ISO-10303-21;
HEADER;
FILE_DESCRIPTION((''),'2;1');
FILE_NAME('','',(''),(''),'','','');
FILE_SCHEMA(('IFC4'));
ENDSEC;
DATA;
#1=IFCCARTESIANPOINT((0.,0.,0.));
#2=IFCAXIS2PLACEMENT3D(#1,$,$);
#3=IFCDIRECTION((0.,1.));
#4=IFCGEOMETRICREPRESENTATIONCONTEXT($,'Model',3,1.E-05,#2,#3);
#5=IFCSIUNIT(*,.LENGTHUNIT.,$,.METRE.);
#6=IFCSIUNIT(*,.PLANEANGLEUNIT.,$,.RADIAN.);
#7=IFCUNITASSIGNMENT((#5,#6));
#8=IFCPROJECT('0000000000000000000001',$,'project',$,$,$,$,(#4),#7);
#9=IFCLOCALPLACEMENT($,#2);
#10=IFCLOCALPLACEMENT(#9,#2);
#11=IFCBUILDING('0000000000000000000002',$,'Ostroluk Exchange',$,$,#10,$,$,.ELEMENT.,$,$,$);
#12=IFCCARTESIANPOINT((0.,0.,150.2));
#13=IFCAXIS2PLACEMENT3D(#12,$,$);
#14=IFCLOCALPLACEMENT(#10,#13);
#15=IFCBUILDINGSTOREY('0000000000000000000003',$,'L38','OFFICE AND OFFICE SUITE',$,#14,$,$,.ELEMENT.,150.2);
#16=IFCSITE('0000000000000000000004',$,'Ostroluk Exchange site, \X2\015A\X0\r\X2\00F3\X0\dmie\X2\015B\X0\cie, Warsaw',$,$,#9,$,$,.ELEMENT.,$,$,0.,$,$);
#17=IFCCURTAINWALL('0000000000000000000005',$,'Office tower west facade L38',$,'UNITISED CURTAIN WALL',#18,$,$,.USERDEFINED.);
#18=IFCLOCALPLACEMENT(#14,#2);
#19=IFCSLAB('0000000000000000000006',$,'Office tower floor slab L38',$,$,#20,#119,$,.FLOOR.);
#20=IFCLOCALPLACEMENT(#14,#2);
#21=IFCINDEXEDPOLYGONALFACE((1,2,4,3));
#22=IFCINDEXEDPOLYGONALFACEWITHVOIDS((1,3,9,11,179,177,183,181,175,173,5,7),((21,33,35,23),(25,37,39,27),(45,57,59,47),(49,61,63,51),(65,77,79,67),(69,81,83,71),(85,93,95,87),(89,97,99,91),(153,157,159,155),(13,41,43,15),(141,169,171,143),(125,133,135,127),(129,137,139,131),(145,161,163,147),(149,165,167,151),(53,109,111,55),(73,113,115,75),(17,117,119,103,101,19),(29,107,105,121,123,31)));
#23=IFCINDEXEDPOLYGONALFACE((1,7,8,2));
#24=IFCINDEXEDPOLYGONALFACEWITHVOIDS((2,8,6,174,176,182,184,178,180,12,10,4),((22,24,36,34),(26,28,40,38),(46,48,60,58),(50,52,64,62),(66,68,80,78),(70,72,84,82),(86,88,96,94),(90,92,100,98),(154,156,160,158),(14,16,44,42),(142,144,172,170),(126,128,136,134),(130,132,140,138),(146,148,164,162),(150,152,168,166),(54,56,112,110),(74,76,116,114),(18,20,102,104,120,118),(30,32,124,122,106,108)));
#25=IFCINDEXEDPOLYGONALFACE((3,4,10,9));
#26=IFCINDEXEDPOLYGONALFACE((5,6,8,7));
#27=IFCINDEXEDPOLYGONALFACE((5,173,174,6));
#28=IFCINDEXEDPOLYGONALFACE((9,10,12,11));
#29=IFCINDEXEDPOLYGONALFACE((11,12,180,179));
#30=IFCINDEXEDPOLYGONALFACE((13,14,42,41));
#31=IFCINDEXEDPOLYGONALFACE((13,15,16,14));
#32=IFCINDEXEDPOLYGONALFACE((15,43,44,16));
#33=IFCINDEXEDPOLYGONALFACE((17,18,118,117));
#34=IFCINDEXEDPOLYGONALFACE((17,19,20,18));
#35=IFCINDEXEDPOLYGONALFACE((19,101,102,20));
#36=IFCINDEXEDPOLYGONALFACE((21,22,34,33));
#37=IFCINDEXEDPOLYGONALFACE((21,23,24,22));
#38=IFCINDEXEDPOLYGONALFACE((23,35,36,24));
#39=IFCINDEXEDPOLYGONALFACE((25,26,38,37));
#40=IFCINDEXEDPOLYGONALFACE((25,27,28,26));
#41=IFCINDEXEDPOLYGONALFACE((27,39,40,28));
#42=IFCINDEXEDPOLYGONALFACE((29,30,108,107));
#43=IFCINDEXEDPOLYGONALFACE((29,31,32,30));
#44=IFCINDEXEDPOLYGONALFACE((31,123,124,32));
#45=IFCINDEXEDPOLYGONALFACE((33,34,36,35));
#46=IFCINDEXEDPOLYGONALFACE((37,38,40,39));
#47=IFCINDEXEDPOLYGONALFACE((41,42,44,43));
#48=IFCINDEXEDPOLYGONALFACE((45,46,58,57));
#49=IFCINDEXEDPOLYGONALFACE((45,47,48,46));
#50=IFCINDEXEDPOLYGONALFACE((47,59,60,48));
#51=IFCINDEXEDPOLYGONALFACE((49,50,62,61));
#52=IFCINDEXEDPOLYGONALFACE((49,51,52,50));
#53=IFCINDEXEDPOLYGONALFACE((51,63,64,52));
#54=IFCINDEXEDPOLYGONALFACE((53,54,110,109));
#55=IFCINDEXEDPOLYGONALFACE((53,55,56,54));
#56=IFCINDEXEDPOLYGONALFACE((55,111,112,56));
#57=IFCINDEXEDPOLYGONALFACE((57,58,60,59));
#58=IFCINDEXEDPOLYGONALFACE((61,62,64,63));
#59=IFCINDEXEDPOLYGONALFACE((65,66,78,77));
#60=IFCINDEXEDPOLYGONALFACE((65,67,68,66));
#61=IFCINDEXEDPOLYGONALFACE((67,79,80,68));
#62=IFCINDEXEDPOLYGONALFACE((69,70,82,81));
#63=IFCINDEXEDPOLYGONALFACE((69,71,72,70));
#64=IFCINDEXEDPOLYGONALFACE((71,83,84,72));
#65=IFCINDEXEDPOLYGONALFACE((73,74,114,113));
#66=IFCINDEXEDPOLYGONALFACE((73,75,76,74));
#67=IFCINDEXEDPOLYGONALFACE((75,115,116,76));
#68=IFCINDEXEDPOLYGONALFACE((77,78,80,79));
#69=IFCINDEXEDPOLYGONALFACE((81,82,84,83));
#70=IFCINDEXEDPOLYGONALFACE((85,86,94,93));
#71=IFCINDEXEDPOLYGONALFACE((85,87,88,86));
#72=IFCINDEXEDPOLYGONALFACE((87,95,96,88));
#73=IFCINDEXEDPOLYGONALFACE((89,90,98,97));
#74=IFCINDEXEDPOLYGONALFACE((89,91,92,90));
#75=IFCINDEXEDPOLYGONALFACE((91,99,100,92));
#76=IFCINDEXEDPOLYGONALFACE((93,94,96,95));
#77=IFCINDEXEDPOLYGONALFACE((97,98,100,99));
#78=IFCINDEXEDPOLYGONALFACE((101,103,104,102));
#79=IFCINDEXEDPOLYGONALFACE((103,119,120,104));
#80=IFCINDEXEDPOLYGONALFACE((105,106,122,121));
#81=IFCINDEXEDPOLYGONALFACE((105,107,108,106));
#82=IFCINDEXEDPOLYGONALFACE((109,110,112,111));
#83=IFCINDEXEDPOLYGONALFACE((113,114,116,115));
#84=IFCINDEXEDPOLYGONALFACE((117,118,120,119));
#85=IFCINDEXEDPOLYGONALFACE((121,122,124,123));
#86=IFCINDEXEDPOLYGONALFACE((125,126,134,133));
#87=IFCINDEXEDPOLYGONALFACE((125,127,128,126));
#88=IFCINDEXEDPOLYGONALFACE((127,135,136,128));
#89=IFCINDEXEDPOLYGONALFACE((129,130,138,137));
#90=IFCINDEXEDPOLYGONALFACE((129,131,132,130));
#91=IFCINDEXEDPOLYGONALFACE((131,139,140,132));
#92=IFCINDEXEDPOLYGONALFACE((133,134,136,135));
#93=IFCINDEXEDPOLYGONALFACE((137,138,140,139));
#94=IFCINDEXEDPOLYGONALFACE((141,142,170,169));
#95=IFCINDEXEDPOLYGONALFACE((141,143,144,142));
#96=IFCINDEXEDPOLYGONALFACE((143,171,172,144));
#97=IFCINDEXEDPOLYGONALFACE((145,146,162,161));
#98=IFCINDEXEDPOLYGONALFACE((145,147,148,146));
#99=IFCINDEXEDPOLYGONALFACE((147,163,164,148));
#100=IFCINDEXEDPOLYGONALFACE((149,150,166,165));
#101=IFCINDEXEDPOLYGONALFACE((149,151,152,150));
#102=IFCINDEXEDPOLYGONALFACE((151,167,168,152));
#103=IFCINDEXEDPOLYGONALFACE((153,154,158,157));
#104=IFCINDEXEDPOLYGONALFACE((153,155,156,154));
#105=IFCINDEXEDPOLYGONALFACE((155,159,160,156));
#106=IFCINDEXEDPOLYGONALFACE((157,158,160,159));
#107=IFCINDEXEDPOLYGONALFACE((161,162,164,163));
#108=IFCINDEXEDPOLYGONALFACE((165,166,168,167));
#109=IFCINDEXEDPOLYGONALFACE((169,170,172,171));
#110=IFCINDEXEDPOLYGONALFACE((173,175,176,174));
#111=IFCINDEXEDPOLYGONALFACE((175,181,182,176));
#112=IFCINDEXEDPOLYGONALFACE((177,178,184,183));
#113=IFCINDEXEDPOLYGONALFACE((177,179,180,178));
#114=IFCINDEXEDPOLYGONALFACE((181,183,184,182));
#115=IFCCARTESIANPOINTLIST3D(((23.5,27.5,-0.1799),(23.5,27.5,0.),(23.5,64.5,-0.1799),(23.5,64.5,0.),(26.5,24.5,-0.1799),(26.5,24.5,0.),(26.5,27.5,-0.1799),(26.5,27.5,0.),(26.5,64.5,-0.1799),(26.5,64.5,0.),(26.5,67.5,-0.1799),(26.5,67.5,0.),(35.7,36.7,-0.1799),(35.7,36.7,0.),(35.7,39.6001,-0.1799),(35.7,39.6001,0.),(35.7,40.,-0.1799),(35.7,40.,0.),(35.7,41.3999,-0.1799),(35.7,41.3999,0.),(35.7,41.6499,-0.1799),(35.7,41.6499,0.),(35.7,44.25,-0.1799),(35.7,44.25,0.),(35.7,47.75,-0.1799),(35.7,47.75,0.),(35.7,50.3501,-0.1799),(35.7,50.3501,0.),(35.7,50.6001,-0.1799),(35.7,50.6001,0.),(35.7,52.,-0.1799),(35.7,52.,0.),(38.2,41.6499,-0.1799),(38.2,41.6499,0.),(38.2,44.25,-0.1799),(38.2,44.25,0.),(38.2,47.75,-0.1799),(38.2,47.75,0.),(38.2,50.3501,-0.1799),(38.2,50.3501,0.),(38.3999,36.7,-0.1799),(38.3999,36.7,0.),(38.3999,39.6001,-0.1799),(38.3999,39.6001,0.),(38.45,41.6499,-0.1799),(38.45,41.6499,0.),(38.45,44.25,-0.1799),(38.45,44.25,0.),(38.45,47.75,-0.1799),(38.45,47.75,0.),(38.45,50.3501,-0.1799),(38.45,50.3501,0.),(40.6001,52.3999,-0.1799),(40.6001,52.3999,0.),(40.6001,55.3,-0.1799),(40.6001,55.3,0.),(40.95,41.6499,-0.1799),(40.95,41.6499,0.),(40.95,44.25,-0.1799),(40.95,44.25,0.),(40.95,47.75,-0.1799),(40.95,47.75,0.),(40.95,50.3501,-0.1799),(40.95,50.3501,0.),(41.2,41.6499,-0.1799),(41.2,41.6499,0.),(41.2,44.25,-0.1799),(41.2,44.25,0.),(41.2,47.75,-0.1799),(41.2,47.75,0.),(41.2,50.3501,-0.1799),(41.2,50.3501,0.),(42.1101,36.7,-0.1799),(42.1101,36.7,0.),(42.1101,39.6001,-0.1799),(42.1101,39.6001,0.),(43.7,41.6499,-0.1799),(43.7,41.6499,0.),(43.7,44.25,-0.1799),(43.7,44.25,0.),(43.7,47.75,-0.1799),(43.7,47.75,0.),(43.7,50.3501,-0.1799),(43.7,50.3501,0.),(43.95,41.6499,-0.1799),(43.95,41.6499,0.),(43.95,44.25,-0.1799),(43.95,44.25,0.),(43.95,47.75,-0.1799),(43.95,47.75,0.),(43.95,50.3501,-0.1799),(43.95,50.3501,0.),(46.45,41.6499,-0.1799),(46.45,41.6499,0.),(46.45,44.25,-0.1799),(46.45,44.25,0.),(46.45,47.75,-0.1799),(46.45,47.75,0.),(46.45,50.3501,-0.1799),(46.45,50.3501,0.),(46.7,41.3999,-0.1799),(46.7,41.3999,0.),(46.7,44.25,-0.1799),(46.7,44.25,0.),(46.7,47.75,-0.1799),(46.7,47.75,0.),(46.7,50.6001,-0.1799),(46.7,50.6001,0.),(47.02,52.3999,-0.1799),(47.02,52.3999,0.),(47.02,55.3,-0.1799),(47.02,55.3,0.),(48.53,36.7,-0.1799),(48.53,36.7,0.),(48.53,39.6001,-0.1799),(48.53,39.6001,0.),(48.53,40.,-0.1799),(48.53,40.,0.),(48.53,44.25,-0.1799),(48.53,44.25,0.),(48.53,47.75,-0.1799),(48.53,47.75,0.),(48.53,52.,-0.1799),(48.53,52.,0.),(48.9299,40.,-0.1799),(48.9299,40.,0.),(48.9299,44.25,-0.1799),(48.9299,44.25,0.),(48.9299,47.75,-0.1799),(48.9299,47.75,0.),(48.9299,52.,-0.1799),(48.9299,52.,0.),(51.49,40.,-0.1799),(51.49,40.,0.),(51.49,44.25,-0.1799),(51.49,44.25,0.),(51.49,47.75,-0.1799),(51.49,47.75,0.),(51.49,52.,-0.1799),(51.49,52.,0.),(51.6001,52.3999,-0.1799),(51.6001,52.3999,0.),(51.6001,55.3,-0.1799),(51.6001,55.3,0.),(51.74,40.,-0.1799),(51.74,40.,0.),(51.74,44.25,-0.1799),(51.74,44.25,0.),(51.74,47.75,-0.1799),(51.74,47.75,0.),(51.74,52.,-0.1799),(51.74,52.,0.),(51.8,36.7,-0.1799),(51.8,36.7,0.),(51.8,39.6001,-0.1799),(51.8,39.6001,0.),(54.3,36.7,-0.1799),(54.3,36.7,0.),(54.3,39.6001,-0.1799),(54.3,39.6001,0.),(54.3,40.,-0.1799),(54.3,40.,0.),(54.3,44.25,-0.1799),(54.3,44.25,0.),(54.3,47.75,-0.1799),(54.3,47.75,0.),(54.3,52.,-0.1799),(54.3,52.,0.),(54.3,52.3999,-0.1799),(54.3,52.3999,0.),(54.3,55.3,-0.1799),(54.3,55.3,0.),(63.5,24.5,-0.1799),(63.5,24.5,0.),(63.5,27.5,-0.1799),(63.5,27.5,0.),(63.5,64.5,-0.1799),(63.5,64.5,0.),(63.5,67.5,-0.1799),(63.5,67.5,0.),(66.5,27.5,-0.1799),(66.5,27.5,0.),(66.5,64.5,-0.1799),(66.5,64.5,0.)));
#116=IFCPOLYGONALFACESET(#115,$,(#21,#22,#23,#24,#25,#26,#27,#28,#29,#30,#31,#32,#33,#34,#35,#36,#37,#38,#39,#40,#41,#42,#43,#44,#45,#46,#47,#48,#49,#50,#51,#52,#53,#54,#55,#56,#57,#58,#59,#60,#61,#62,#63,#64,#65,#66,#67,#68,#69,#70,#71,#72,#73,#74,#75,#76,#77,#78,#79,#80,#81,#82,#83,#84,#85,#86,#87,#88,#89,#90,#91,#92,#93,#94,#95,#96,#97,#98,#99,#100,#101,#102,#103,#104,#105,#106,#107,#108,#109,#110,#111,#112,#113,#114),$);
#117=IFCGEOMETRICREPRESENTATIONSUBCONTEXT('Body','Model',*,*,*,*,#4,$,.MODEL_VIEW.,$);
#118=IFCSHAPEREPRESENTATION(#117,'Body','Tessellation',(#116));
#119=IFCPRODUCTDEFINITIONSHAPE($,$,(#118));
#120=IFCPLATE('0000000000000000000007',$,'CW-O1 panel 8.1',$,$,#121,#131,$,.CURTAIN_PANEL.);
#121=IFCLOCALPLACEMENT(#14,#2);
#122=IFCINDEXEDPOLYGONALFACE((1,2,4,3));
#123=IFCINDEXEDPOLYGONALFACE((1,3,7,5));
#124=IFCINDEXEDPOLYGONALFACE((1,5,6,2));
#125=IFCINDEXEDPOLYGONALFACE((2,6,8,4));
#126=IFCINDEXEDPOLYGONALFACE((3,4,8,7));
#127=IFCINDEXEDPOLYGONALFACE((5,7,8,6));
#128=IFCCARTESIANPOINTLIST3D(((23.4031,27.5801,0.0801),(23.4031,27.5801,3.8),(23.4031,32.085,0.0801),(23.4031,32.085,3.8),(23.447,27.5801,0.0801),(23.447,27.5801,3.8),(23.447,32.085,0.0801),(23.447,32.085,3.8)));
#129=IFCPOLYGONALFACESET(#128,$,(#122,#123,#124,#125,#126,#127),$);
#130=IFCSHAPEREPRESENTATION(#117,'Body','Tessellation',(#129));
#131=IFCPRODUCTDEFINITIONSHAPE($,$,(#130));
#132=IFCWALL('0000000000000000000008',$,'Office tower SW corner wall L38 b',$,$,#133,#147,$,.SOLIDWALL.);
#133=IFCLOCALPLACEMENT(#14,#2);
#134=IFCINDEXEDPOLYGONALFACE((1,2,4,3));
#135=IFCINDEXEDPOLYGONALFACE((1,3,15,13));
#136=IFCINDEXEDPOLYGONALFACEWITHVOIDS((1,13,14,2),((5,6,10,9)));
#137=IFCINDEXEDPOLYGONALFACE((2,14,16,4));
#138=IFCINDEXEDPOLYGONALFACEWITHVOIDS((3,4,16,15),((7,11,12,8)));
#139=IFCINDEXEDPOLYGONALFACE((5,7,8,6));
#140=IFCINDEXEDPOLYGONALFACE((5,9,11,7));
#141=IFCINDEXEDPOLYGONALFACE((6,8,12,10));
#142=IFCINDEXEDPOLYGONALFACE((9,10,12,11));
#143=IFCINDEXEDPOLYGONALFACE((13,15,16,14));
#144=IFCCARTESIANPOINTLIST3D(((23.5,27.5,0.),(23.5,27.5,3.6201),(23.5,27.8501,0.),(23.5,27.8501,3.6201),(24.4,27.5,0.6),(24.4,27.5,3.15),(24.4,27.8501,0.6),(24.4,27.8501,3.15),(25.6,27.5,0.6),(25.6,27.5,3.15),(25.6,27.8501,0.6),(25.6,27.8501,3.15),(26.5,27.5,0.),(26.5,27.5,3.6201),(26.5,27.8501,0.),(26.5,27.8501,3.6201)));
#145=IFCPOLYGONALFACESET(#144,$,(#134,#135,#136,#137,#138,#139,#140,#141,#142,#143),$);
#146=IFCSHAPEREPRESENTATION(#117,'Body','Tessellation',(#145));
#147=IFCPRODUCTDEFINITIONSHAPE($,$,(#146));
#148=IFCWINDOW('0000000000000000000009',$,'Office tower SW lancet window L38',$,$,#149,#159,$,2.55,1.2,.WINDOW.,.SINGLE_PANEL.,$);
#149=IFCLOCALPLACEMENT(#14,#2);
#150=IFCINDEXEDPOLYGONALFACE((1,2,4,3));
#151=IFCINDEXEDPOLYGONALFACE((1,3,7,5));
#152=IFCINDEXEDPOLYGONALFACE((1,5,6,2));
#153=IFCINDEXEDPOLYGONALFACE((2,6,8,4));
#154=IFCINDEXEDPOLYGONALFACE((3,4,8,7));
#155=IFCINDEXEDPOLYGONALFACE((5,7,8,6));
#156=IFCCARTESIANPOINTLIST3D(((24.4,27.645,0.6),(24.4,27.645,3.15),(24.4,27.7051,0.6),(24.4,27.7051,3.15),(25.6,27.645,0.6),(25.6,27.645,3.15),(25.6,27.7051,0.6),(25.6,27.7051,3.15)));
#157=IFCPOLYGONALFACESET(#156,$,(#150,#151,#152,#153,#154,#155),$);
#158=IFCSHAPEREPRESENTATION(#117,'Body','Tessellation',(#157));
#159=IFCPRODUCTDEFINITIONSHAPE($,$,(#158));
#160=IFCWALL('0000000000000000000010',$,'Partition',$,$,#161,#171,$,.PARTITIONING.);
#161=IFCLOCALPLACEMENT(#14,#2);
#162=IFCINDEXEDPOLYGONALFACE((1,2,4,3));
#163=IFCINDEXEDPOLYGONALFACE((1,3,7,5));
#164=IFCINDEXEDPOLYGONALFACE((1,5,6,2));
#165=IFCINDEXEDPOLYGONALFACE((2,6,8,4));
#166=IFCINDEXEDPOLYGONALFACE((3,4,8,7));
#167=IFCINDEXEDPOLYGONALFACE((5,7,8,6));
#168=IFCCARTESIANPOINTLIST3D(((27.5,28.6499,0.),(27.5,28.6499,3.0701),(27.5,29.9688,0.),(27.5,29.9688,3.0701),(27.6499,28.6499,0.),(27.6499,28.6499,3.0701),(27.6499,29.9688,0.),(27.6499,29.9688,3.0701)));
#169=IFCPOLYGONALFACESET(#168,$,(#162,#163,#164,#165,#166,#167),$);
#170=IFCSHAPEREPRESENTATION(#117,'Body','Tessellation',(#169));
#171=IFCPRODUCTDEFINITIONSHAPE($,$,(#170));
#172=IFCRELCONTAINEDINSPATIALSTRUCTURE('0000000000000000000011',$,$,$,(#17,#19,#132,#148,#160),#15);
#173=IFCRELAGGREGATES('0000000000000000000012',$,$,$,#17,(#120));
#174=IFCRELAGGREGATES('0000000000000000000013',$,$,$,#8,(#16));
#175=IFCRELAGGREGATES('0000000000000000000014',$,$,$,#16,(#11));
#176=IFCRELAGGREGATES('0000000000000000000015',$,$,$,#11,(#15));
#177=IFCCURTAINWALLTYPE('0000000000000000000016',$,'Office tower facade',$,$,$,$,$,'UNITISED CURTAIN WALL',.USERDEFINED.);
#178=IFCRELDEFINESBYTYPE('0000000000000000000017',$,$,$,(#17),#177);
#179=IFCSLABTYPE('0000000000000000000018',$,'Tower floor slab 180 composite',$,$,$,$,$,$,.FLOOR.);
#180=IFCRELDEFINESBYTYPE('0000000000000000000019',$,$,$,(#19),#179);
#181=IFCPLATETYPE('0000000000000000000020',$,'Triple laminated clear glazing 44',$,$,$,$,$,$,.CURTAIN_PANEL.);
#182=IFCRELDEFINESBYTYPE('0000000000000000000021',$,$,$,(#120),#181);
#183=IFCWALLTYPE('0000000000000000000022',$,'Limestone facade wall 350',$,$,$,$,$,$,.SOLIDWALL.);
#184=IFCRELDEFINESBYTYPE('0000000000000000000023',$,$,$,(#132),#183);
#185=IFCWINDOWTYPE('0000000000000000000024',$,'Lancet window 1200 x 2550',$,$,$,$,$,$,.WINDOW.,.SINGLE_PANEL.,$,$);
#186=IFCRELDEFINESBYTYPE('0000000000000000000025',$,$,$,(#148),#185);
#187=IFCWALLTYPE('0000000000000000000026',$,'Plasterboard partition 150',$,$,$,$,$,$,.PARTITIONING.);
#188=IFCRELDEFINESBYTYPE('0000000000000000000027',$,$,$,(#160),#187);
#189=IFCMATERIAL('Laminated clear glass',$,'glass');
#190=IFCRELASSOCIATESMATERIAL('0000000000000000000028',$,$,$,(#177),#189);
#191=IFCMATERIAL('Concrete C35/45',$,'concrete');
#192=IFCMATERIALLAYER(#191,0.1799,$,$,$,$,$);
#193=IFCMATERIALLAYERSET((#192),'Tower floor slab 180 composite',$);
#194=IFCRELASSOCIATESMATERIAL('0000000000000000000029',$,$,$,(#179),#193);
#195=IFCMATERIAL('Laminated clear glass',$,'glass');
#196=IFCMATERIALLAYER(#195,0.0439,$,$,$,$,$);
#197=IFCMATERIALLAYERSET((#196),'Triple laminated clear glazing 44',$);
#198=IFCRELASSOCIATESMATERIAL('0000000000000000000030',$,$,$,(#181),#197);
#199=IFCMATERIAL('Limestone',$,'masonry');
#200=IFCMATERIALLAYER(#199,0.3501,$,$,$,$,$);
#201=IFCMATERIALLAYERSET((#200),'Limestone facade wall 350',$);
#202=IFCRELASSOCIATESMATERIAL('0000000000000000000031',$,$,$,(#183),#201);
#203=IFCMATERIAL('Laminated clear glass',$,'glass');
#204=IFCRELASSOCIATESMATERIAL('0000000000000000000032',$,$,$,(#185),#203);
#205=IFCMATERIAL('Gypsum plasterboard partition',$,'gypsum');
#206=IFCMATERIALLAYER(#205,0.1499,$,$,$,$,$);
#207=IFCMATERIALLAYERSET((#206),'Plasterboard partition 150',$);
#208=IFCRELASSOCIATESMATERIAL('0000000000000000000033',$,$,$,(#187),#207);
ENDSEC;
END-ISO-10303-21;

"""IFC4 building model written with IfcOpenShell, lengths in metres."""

from ifc_helpers import new_model, si_unit, direction, frame, frame_2d, origin, origin_2d, place, context, subcontext, project, spatial, polyline, rectangle, outline, extrude, material, layer, layer_set, type_object, element, fill, aggregate, save


model = new_model("IFC4")

# Units and contexts
model_context = context("Model", 3, precision=1e-05, world=origin(), true_north=direction((0.0, 1.0)))
body_context = subcontext(model_context, "Body", "Model", "MODEL_VIEW")
ifc_project = project(units=[si_unit("LENGTHUNIT", "METRE"), si_unit("PLANEANGLEUNIT", "RADIAN")], contexts=[model_context])

# Site, building, storey
site_placement = place(None, origin())
site = spatial("IfcSite", under=ifc_project, at=site_placement, Name="Ostroluk Exchange site, Śródmieście, Warsaw", CompositionType="ELEMENT", RefElevation=0.0)
building_placement = place(site_placement, origin())
building = spatial("IfcBuilding", under=site, at=building_placement, Name="Ostroluk Exchange", CompositionType="ELEMENT")
storey_placement = place(building_placement, frame((0.0, 0.0, 150.2)))
storey = spatial("IfcBuildingStorey", under=building, at=storey_placement, Name="L38", Description="OFFICE AND OFFICE SUITE", CompositionType="ELEMENT", Elevation=150.2)

# Curtain wall
ifc_material_1 = material(Name="Laminated clear glass", Category="glass")
curtain_wall_type = type_object("IfcCurtainWallType", Name="Office tower facade", ElementType="UNITISED CURTAIN WALL", PredefinedType="USERDEFINED", material=ifc_material_1)
curtain_wall_1_placement = place(storey_placement, origin())
curtain_wall_1 = element("IfcCurtainWall", 1, at=curtain_wall_1_placement, inside=storey, type_object=curtain_wall_type, Name="Office tower west facade L38", ObjectType="UNITISED CURTAIN WALL", PredefinedType="USERDEFINED")

# Slab
ifc_material_2 = material(Name="Concrete C35/45", Category="concrete")
ifc_layer_1 = layer(ifc_material_2, 0.1799)
ifc_layer_set_1 = layer_set([ifc_layer_1], Name="Tower floor slab 180 composite")
slab_type_1 = type_object("IfcSlabType", Name="Tower floor slab 180 composite", PredefinedType="FLOOR", material=ifc_layer_set_1)
slab_1_placement = place(storey_placement, frame((0.0, 0.0, -0.1799)))
element("IfcSlab", 2, at=slab_1_placement, inside=storey, type_object=slab_type_1, Name="Office tower floor slab L38", PredefinedType="FLOOR", context=body_context, shape_type="SweptSolid", body=[
    extrude(outline(polyline([(26.5, 24.5), (63.5, 24.5), (63.5, 27.5), (66.5, 27.5), (66.5, 64.5), (63.5, 64.5), (63.5, 67.5), (26.5, 67.5), (26.5, 64.5), (23.5, 64.5), (23.5, 27.5), (26.5, 27.5), (26.5, 24.5)]), holes=[polyline([(35.7, 36.7), (38.3999, 36.7), (38.3999, 39.6001), (35.7, 39.6001), (35.7, 36.7)]), polyline([(42.1101, 36.7), (48.53, 36.7), (48.53, 39.6001), (42.1101, 39.6001), (42.1101, 36.7)]), polyline([(51.8, 36.7), (54.3, 36.7), (54.3, 39.6001), (51.8, 39.6001), (51.8, 36.7)]), polyline([(40.6001, 52.3999), (47.02, 52.3999), (47.02, 55.3), (40.6001, 55.3), (40.6001, 52.3999)]), polyline([(51.6001, 52.3999), (54.3, 52.3999), (54.3, 55.3), (51.6001, 55.3), (51.6001, 52.3999)]), polyline([(35.7, 47.75), (38.2, 47.75), (38.2, 50.3501), (35.7, 50.3501), (35.7, 47.75)]), polyline([(38.45, 47.75), (40.95, 47.75), (40.95, 50.3501), (38.45, 50.3501), (38.45, 47.75)]), polyline([(41.2, 47.75), (43.7, 47.75), (43.7, 50.3501), (41.2, 50.3501), (41.2, 47.75)]), polyline([(43.95, 47.75), (46.45, 47.75), (46.45, 50.3501), (43.95, 50.3501), (43.95, 47.75)]), polyline([(35.7, 41.6499), (38.2, 41.6499), (38.2, 44.25), (35.7, 44.25), (35.7, 41.6499)]), polyline([(38.45, 41.6499), (40.95, 41.6499), (40.95, 44.25), (38.45, 44.25), (38.45, 41.6499)]), polyline([(41.2, 41.6499), (43.7, 41.6499), (43.7, 44.25), (41.2, 44.25), (41.2, 41.6499)]), polyline([(43.95, 41.6499), (46.45, 41.6499), (46.45, 44.25), (43.95, 44.25), (43.95, 41.6499)]), polyline([(48.9299, 47.75), (51.49, 47.75), (51.49, 52.0), (48.9299, 52.0), (48.9299, 47.75)]), polyline([(51.74, 47.75), (54.3, 47.75), (54.3, 52.0), (51.74, 52.0), (51.74, 47.75)]), polyline([(48.9299, 40.0), (51.49, 40.0), (51.49, 44.25), (48.9299, 44.25), (48.9299, 40.0)]), polyline([(51.74, 40.0), (54.3, 40.0), (54.3, 44.25), (51.74, 44.25), (51.74, 40.0)]), polyline([(48.53, 52.0), (48.53, 47.75), (46.7, 47.75), (46.7, 50.6001), (35.7, 50.6001), (35.7, 52.0), (48.53, 52.0)]), polyline([(35.7, 40.0), (35.7, 41.3999), (46.7, 41.3999), (46.7, 44.25), (48.53, 44.25), (48.53, 40.0), (35.7, 40.0)])]), origin(), (0.0, 0.0, 1.0), 0.1799),
])

# Plate
ifc_material_3 = material(Name="Laminated clear glass", Category="glass")
ifc_layer_2 = layer(ifc_material_3, 0.0439)
ifc_layer_set_2 = layer_set([ifc_layer_2], Name="Triple laminated clear glazing 44")
plate_type_1 = type_object("IfcPlateType", Name="Triple laminated clear glazing 44", PredefinedType="CURTAIN_PANEL", material=ifc_layer_set_2)
plate_1_placement = place(storey_placement, frame((23.425, 29.8325, 0.0801), z_axis=(0.0, 0.0, 1.0), x_axis=(0.0, -1.0, 0.0)))
plate_1 = element("IfcPlate", 3, at=plate_1_placement, type_object=plate_type_1, Name="CW-O1 panel 8.1", PredefinedType="CURTAIN_PANEL", context=body_context, shape_type="SweptSolid", body=[
    extrude(rectangle(XDim=4.5049, YDim=0.0439, at=origin_2d()), origin(), (0.0, 0.0, 1.0), 3.72),
])
aggregate(curtain_wall_1, [plate_1])

# Shared definitions
ifc_material_4 = material(Name="Limestone", Category="masonry")
ifc_layer_3 = layer(ifc_material_4, 0.3501)
ifc_layer_set_3 = layer_set([ifc_layer_3], Name="Limestone facade wall 350")
wall_type_1 = type_object("IfcWallType", Name="Limestone facade wall 350", PredefinedType="SOLIDWALL", material=ifc_layer_set_3)

# Wall, opening, window
wall_1_placement = place(storey_placement, frame((26.5, 27.675, 0.0), z_axis=(0.0, 0.0, 1.0), x_axis=(-1.0, 0.0, 0.0)))
wall_1 = element("IfcWall", 4, at=wall_1_placement, inside=storey, type_object=wall_type_1, Name="Office tower SW corner wall L38 b", PredefinedType="SOLIDWALL", context=body_context, shape_type="SweptSolid", body=[
    extrude(rectangle(XDim=3.0, YDim=0.3501, at=frame_2d((1.5, 0.0))), origin(), (0.0, 0.0, 1.0), 3.6201),
])
opening_1_placement = place(wall_1_placement, frame((0.8999, 0.0, 0.6001)))
opening_1 = element("IfcOpeningElement", 5, at=opening_1_placement, cuts=wall_1, PredefinedType="OPENING", context=body_context, shape_type="SweptSolid", body=[
    extrude(rectangle(XDim=1.2, YDim=2.55, at=frame_2d((0.6001, 1.2749))), frame((0.0, 0.1851, 0.0), z_axis=(0.0, -1.0, 0.0), x_axis=(1.0, 0.0, 0.0)), (0.0, 0.0, 1.0), 0.3701),
])
ifc_material_5 = material(Name="Laminated clear glass", Category="glass")
window_type = type_object("IfcWindowType", Name="Lancet window 1200 x 2550", PartitioningType="SINGLE_PANEL", PredefinedType="WINDOW", material=ifc_material_5)
window_placement = place(opening_1_placement, origin())
window = element("IfcWindow", 6, at=window_placement, inside=storey, type_object=window_type, Name="Office tower SW lancet window L38", OverallHeight=2.55, OverallWidth=1.2, PartitioningType="SINGLE_PANEL", PredefinedType="WINDOW", context=body_context, shape_type="SweptSolid", body=[
    extrude(rectangle(XDim=1.2, YDim=2.55, at=frame_2d((0.6001, 1.2749))), frame((0.0, 0.03, 0.0), z_axis=(0.0, -1.0, 0.0), x_axis=(1.0, 0.0, 0.0)), (0.0, 0.0, 1.0), 0.0601),
])
fill(opening_1, window)

# Wall
ifc_material_6 = material(Name="Gypsum plasterboard partition", Category="gypsum")
ifc_layer_4 = layer(ifc_material_6, 0.1499)
ifc_layer_set_4 = layer_set([ifc_layer_4], Name="Plasterboard partition 150")
wall_type_2 = type_object("IfcWallType", Name="Plasterboard partition 150", PredefinedType="PARTITIONING", material=ifc_layer_set_4)
wall_2_placement = place(storey_placement, frame((27.575, 29.9688, 0.0), z_axis=(0.0, 0.0, 1.0), x_axis=(0.0, -1.0, 0.0)))
element("IfcWall", 7, at=wall_2_placement, inside=storey, type_object=wall_type_2, Name="Partition", PredefinedType="PARTITIONING", context=body_context, shape_type="SweptSolid", body=[
    extrude(rectangle(XDim=1.3188, YDim=0.1499, at=frame_2d((0.6594, 0.0))), origin(), (0.0, 0.0, 1.0), 3.0701),
])

save(model, "model.ifc")
